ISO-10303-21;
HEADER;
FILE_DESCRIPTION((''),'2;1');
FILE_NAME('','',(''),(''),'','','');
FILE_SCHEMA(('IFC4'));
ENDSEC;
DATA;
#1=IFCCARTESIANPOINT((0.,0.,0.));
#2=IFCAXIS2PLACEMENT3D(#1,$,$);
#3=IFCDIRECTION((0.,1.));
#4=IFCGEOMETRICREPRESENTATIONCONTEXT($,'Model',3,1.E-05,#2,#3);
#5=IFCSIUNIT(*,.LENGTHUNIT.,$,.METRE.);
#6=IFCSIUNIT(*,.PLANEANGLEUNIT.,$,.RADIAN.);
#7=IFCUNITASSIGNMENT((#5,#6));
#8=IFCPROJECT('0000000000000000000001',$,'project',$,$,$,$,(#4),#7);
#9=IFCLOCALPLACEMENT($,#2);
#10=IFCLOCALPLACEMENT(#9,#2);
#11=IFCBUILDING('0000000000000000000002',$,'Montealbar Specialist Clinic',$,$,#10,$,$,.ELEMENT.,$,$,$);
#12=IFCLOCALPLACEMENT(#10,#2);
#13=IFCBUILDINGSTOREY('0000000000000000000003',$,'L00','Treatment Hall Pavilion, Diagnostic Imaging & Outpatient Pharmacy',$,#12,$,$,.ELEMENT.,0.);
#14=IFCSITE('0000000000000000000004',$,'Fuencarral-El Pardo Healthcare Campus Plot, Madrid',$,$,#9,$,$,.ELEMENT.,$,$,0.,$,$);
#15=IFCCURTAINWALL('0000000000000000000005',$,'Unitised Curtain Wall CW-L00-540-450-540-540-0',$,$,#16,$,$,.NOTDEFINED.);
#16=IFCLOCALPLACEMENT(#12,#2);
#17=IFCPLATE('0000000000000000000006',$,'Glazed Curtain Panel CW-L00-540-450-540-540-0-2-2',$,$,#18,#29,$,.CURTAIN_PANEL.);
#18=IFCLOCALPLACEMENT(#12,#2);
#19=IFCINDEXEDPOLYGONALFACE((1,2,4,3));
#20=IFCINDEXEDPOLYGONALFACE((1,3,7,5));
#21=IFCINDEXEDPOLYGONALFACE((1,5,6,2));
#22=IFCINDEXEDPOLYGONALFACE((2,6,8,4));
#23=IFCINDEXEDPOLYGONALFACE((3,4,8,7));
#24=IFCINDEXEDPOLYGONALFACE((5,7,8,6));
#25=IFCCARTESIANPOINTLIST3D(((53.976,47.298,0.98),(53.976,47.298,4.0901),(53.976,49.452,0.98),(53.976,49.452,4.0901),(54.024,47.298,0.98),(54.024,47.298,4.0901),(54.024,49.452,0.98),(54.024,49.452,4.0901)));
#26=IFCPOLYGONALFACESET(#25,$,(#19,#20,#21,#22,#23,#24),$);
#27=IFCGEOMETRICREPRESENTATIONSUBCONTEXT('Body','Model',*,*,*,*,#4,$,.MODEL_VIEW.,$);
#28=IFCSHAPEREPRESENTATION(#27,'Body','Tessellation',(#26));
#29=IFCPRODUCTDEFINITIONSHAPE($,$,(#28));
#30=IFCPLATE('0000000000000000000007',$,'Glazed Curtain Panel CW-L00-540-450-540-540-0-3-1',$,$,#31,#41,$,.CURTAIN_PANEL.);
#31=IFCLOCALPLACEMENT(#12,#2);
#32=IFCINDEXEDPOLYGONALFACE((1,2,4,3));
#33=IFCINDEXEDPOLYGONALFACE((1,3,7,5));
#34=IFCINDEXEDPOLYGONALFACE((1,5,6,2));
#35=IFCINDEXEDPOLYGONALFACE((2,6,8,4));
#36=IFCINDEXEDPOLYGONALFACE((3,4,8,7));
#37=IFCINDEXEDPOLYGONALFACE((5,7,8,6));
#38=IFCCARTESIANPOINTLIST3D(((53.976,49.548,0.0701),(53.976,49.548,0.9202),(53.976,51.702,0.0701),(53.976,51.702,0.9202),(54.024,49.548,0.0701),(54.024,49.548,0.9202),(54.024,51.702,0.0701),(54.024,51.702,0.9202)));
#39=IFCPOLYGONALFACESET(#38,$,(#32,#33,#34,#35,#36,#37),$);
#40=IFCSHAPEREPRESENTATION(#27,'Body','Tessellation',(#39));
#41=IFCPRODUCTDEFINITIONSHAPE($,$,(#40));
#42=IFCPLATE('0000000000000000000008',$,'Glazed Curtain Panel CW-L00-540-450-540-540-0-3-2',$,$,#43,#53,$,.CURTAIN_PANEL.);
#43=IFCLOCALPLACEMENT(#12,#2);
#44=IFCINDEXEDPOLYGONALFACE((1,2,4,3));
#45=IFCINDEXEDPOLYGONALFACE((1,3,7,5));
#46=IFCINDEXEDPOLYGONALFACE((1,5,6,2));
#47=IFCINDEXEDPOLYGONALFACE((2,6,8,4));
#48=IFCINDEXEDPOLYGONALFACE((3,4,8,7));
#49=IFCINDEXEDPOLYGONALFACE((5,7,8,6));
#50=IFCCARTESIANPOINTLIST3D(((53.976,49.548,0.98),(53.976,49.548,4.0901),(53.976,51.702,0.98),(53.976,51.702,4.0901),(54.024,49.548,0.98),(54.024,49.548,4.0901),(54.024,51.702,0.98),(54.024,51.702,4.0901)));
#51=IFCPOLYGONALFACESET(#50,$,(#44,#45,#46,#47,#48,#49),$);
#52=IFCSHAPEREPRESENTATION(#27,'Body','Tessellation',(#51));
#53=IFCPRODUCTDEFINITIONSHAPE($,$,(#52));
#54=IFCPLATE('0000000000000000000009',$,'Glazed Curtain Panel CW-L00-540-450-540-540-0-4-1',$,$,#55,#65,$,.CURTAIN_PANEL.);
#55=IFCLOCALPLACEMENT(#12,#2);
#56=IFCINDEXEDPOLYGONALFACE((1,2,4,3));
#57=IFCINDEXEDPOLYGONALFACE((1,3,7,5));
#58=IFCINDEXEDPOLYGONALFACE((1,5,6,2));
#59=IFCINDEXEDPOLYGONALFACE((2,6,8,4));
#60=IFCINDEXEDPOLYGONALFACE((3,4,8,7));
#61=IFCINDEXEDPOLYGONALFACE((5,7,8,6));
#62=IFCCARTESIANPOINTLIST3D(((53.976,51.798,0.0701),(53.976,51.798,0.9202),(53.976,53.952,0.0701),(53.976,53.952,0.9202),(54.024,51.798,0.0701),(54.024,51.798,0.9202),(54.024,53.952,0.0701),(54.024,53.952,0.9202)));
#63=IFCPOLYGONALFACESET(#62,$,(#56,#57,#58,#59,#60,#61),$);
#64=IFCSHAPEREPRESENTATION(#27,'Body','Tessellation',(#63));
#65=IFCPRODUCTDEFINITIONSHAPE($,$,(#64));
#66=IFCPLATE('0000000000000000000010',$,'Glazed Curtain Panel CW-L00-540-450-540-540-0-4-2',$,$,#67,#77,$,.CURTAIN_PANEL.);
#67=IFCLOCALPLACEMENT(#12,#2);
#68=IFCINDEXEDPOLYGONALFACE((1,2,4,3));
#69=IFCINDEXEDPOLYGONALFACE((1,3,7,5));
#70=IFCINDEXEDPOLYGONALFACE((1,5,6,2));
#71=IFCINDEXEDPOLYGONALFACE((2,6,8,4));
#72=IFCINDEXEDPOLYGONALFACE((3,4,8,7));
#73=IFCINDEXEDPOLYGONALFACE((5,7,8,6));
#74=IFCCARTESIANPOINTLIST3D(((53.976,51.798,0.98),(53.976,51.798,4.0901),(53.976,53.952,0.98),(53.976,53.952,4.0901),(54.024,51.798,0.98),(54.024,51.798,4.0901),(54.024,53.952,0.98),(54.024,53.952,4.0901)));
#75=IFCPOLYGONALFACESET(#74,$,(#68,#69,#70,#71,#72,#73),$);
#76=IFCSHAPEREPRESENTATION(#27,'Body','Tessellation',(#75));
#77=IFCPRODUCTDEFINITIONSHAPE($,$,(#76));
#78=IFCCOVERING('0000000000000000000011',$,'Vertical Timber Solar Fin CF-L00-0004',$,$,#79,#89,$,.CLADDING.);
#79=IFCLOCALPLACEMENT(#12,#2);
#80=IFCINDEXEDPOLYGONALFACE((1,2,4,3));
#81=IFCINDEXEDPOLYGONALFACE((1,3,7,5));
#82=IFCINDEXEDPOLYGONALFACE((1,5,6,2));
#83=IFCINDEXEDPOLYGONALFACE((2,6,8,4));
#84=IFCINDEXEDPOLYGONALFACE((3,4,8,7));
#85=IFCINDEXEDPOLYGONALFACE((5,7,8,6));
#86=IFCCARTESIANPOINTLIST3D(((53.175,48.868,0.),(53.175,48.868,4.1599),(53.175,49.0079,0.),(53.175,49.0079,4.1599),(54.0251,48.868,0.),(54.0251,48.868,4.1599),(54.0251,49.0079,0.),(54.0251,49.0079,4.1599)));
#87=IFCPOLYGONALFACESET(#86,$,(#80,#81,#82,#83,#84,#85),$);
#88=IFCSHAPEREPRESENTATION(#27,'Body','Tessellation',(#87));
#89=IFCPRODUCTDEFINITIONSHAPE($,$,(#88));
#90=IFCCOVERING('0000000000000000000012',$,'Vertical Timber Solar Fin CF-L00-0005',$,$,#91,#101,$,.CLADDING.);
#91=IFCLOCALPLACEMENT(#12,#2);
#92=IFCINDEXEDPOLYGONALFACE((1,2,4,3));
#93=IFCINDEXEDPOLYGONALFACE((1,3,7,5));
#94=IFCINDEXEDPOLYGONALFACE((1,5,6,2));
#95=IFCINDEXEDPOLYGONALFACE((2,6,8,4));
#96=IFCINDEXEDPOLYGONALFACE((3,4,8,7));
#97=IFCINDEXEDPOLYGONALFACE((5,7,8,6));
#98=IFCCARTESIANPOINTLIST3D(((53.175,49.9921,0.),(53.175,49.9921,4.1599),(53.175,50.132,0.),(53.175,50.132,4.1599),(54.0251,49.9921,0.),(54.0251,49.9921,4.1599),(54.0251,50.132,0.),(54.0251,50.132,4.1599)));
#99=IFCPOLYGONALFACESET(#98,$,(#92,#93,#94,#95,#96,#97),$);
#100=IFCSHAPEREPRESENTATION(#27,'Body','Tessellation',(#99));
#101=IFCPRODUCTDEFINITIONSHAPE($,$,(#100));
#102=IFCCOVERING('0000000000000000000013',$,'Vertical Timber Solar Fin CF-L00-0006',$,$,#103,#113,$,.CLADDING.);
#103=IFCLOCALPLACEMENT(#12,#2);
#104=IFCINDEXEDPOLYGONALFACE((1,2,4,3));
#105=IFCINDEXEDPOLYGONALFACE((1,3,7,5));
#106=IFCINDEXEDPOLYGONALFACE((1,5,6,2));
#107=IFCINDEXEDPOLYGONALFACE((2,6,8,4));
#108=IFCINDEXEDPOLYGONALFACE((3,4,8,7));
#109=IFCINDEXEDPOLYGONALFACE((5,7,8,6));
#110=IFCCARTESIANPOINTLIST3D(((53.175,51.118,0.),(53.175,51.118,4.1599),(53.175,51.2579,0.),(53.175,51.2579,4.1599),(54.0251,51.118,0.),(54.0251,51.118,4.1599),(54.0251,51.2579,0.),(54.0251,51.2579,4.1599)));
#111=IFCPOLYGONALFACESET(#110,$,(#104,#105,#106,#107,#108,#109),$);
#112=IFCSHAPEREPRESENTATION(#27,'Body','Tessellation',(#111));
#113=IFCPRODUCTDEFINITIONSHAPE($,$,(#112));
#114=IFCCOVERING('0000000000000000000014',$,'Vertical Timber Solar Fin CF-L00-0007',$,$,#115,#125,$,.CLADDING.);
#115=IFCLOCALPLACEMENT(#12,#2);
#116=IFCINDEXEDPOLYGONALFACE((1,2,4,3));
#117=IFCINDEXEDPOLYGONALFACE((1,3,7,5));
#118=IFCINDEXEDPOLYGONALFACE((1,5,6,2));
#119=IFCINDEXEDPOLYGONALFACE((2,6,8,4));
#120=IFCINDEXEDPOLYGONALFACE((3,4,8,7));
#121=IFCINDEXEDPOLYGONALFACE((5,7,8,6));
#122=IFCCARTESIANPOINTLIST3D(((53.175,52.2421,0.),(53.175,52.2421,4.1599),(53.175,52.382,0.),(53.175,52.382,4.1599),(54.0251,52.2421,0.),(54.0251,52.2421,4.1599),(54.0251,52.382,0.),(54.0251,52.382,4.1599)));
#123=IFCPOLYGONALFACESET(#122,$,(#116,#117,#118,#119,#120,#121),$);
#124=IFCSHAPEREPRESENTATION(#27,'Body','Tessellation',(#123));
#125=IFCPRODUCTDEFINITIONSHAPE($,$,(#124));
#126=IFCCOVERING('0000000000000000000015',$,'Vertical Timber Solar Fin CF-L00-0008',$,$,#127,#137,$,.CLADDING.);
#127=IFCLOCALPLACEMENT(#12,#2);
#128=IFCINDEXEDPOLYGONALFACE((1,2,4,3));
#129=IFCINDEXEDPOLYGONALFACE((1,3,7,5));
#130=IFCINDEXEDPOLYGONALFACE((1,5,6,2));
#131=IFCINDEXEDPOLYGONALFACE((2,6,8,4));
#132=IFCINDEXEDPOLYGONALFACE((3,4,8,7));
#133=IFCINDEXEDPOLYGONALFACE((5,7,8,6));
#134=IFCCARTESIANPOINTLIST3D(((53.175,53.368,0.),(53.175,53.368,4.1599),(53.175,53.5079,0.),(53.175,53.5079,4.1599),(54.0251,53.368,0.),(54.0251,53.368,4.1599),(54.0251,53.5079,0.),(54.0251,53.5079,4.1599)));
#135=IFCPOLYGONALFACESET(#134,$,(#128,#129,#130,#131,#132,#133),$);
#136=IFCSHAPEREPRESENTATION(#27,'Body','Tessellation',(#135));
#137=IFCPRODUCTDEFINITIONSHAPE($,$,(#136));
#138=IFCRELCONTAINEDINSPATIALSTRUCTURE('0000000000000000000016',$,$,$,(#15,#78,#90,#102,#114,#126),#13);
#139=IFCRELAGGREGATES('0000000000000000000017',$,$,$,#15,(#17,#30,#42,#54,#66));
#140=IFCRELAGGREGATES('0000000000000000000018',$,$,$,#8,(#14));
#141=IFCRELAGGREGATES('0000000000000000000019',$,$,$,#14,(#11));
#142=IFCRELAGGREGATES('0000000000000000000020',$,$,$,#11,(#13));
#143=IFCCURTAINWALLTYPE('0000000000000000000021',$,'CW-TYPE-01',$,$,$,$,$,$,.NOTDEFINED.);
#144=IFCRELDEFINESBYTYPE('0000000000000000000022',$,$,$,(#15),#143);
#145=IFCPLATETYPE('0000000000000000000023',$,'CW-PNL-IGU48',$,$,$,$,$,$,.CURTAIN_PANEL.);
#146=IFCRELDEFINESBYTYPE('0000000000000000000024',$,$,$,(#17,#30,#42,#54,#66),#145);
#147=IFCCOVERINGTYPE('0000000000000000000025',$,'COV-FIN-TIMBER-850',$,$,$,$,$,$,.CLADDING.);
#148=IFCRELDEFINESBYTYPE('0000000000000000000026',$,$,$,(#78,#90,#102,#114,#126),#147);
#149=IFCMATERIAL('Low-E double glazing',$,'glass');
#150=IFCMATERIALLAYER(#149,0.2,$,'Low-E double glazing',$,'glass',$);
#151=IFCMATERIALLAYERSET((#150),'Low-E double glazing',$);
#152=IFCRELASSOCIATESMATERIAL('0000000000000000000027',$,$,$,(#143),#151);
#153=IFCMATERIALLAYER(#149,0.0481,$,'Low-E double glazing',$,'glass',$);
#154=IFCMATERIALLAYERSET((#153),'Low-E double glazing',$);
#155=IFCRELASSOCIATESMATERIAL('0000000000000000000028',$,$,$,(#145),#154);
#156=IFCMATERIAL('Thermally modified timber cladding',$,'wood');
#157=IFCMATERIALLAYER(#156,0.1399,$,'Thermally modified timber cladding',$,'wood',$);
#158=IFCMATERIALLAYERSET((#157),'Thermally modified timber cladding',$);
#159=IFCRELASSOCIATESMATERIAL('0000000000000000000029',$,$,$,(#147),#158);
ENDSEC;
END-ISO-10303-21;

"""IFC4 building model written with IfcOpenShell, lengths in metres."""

from ifc_helpers import new_model, si_unit, direction, frame, origin, origin_2d, place, context, subcontext, project, spatial, rectangle, extrude, material, layer, layer_set, type_object, element, aggregate, save


model = new_model("IFC4")

# Units and contexts
model_context = context("Model", 3, precision=1e-05, world=origin(), true_north=direction((0.0, 1.0)))
body_context = subcontext(model_context, "Body", "Model", "MODEL_VIEW")
ifc_project = project(units=[si_unit("LENGTHUNIT", "METRE"), si_unit("PLANEANGLEUNIT", "RADIAN")], contexts=[model_context])

# Site, building, storey
site_placement = place(None, origin())
site = spatial("IfcSite", under=ifc_project, at=site_placement, Name="Fuencarral-El Pardo Healthcare Campus Plot, Madrid", CompositionType="ELEMENT", RefElevation=0.0)
building_placement = place(site_placement, origin())
building = spatial("IfcBuilding", under=site, at=building_placement, Name="Montealbar Specialist Clinic", CompositionType="ELEMENT")
storey_placement = place(building_placement, origin())
storey = spatial("IfcBuildingStorey", under=building, at=storey_placement, Name="L00", Description="Treatment Hall Pavilion, Diagnostic Imaging & Outpatient Pharmacy", CompositionType="ELEMENT", Elevation=0.0)

# Curtain wall, plates
ifc_material_1 = material(Name="Low-E double glazing", Category="glass")
ifc_layer_1 = layer(ifc_material_1, 0.2, Name="Low-E double glazing", Category="glass")
ifc_layer_set_1 = layer_set([ifc_layer_1], Name="Low-E double glazing")
curtain_wall_type = type_object("IfcCurtainWallType", Name="CW-TYPE-01", PredefinedType="NOTDEFINED", material=ifc_layer_set_1)
curtain_wall_placement = place(storey_placement, origin())
curtain_wall = element("IfcCurtainWall", 1, at=curtain_wall_placement, inside=storey, type_object=curtain_wall_type, Name="Unitised Curtain Wall CW-L00-540-450-540-540-0", PredefinedType="NOTDEFINED")
ifc_layer_2 = layer(ifc_material_1, 0.0481, Name="Low-E double glazing", Category="glass")
ifc_layer_set_2 = layer_set([ifc_layer_2], Name="Low-E double glazing")
plate_type = type_object("IfcPlateType", Name="CW-PNL-IGU48", PredefinedType="CURTAIN_PANEL", material=ifc_layer_set_2)
plate_1_placement = place(storey_placement, frame((54.0, 48.375, 0.98), z_axis=(0.0, 0.0, 1.0), x_axis=(0.0, 1.0, 0.0)))
plate_1 = element("IfcPlate", 2, at=plate_1_placement, type_object=plate_type, Name="Glazed Curtain Panel CW-L00-540-450-540-540-0-2-2", PredefinedType="CURTAIN_PANEL", context=body_context, shape_type="SweptSolid", body=[
    extrude(rectangle(XDim=2.1541, YDim=0.0481, at=origin_2d()), origin(), (0.0, 0.0, 1.0), 3.1101),
])
plate_2_placement = place(storey_placement, frame((54.0, 50.625, 0.0701), z_axis=(0.0, 0.0, 1.0), x_axis=(0.0, 1.0, 0.0)))
plate_2 = element("IfcPlate", 3, at=plate_2_placement, type_object=plate_type, Name="Glazed Curtain Panel CW-L00-540-450-540-540-0-3-1", PredefinedType="CURTAIN_PANEL", context=body_context, shape_type="SweptSolid", body=[
    extrude(rectangle(XDim=2.1541, YDim=0.0481, at=origin_2d()), origin(), (0.0, 0.0, 1.0), 0.8501),
])
plate_3_placement = place(storey_placement, frame((54.0, 50.625, 0.98), z_axis=(0.0, 0.0, 1.0), x_axis=(0.0, 1.0, 0.0)))
plate_3 = element("IfcPlate", 4, at=plate_3_placement, type_object=plate_type, Name="Glazed Curtain Panel CW-L00-540-450-540-540-0-3-2", PredefinedType="CURTAIN_PANEL", context=body_context, shape_type="SweptSolid", body=[
    extrude(rectangle(XDim=2.1541, YDim=0.0481, at=origin_2d()), origin(), (0.0, 0.0, 1.0), 3.1101),
])
plate_4_placement = place(storey_placement, frame((54.0, 52.875, 0.0701), z_axis=(0.0, 0.0, 1.0), x_axis=(0.0, 1.0, 0.0)))
plate_4 = element("IfcPlate", 5, at=plate_4_placement, type_object=plate_type, Name="Glazed Curtain Panel CW-L00-540-450-540-540-0-4-1", PredefinedType="CURTAIN_PANEL", context=body_context, shape_type="SweptSolid", body=[
    extrude(rectangle(XDim=2.1541, YDim=0.0481, at=origin_2d()), origin(), (0.0, 0.0, 1.0), 0.8501),
])
plate_5_placement = place(storey_placement, frame((54.0, 52.875, 0.98), z_axis=(0.0, 0.0, 1.0), x_axis=(0.0, 1.0, 0.0)))
plate_5 = element("IfcPlate", 6, at=plate_5_placement, type_object=plate_type, Name="Glazed Curtain Panel CW-L00-540-450-540-540-0-4-2", PredefinedType="CURTAIN_PANEL", context=body_context, shape_type="SweptSolid", body=[
    extrude(rectangle(XDim=2.1541, YDim=0.0481, at=origin_2d()), origin(), (0.0, 0.0, 1.0), 3.1101),
])
aggregate(curtain_wall, [plate_1, plate_2, plate_3, plate_4, plate_5])

# Coverings
ifc_material_2 = material(Name="Thermally modified timber cladding", Category="wood")
ifc_layer_3 = layer(ifc_material_2, 0.1399, Name="Thermally modified timber cladding", Category="wood")
ifc_layer_set_3 = layer_set([ifc_layer_3], Name="Thermally modified timber cladding")
covering_type = type_object("IfcCoveringType", Name="COV-FIN-TIMBER-850", PredefinedType="CLADDING", material=ifc_layer_set_3)
for number, where, z_axis, x_axis, name in (
    (7, (53.6001, 48.938, 0.0), (0.0, 0.0, 1.0), (-1.0, 0.0, 0.0), "Vertical Timber Solar Fin CF-L00-0004"),
    (8, (53.6001, 50.062, 0.0), (0.0, 0.0, 1.0), (-1.0, 0.0, 0.0), "Vertical Timber Solar Fin CF-L00-0005"),
    (9, (53.6001, 51.188, 0.0), (0.0, 0.0, 1.0), (-1.0, 0.0, 0.0), "Vertical Timber Solar Fin CF-L00-0006"),
    (10, (53.6001, 52.312, 0.0), (0.0, 0.0, 1.0), (-1.0, 0.0, 0.0), "Vertical Timber Solar Fin CF-L00-0007"),
    (11, (53.6001, 53.438, 0.0), (0.0, 0.0, 1.0), (-1.0, 0.0, 0.0), "Vertical Timber Solar Fin CF-L00-0008"),
):
    element("IfcCovering", number, at=place(storey_placement, frame(where, z_axis=z_axis, x_axis=x_axis)), inside=storey, type_object=covering_type, Name=name, PredefinedType="CLADDING", context=body_context, shape_type="SweptSolid", body=[
        extrude(rectangle(XDim=0.8501, YDim=0.1399, at=origin_2d()), origin(), (0.0, 0.0, 1.0), 4.1599),
    ])

save(model, "model.ifc")
